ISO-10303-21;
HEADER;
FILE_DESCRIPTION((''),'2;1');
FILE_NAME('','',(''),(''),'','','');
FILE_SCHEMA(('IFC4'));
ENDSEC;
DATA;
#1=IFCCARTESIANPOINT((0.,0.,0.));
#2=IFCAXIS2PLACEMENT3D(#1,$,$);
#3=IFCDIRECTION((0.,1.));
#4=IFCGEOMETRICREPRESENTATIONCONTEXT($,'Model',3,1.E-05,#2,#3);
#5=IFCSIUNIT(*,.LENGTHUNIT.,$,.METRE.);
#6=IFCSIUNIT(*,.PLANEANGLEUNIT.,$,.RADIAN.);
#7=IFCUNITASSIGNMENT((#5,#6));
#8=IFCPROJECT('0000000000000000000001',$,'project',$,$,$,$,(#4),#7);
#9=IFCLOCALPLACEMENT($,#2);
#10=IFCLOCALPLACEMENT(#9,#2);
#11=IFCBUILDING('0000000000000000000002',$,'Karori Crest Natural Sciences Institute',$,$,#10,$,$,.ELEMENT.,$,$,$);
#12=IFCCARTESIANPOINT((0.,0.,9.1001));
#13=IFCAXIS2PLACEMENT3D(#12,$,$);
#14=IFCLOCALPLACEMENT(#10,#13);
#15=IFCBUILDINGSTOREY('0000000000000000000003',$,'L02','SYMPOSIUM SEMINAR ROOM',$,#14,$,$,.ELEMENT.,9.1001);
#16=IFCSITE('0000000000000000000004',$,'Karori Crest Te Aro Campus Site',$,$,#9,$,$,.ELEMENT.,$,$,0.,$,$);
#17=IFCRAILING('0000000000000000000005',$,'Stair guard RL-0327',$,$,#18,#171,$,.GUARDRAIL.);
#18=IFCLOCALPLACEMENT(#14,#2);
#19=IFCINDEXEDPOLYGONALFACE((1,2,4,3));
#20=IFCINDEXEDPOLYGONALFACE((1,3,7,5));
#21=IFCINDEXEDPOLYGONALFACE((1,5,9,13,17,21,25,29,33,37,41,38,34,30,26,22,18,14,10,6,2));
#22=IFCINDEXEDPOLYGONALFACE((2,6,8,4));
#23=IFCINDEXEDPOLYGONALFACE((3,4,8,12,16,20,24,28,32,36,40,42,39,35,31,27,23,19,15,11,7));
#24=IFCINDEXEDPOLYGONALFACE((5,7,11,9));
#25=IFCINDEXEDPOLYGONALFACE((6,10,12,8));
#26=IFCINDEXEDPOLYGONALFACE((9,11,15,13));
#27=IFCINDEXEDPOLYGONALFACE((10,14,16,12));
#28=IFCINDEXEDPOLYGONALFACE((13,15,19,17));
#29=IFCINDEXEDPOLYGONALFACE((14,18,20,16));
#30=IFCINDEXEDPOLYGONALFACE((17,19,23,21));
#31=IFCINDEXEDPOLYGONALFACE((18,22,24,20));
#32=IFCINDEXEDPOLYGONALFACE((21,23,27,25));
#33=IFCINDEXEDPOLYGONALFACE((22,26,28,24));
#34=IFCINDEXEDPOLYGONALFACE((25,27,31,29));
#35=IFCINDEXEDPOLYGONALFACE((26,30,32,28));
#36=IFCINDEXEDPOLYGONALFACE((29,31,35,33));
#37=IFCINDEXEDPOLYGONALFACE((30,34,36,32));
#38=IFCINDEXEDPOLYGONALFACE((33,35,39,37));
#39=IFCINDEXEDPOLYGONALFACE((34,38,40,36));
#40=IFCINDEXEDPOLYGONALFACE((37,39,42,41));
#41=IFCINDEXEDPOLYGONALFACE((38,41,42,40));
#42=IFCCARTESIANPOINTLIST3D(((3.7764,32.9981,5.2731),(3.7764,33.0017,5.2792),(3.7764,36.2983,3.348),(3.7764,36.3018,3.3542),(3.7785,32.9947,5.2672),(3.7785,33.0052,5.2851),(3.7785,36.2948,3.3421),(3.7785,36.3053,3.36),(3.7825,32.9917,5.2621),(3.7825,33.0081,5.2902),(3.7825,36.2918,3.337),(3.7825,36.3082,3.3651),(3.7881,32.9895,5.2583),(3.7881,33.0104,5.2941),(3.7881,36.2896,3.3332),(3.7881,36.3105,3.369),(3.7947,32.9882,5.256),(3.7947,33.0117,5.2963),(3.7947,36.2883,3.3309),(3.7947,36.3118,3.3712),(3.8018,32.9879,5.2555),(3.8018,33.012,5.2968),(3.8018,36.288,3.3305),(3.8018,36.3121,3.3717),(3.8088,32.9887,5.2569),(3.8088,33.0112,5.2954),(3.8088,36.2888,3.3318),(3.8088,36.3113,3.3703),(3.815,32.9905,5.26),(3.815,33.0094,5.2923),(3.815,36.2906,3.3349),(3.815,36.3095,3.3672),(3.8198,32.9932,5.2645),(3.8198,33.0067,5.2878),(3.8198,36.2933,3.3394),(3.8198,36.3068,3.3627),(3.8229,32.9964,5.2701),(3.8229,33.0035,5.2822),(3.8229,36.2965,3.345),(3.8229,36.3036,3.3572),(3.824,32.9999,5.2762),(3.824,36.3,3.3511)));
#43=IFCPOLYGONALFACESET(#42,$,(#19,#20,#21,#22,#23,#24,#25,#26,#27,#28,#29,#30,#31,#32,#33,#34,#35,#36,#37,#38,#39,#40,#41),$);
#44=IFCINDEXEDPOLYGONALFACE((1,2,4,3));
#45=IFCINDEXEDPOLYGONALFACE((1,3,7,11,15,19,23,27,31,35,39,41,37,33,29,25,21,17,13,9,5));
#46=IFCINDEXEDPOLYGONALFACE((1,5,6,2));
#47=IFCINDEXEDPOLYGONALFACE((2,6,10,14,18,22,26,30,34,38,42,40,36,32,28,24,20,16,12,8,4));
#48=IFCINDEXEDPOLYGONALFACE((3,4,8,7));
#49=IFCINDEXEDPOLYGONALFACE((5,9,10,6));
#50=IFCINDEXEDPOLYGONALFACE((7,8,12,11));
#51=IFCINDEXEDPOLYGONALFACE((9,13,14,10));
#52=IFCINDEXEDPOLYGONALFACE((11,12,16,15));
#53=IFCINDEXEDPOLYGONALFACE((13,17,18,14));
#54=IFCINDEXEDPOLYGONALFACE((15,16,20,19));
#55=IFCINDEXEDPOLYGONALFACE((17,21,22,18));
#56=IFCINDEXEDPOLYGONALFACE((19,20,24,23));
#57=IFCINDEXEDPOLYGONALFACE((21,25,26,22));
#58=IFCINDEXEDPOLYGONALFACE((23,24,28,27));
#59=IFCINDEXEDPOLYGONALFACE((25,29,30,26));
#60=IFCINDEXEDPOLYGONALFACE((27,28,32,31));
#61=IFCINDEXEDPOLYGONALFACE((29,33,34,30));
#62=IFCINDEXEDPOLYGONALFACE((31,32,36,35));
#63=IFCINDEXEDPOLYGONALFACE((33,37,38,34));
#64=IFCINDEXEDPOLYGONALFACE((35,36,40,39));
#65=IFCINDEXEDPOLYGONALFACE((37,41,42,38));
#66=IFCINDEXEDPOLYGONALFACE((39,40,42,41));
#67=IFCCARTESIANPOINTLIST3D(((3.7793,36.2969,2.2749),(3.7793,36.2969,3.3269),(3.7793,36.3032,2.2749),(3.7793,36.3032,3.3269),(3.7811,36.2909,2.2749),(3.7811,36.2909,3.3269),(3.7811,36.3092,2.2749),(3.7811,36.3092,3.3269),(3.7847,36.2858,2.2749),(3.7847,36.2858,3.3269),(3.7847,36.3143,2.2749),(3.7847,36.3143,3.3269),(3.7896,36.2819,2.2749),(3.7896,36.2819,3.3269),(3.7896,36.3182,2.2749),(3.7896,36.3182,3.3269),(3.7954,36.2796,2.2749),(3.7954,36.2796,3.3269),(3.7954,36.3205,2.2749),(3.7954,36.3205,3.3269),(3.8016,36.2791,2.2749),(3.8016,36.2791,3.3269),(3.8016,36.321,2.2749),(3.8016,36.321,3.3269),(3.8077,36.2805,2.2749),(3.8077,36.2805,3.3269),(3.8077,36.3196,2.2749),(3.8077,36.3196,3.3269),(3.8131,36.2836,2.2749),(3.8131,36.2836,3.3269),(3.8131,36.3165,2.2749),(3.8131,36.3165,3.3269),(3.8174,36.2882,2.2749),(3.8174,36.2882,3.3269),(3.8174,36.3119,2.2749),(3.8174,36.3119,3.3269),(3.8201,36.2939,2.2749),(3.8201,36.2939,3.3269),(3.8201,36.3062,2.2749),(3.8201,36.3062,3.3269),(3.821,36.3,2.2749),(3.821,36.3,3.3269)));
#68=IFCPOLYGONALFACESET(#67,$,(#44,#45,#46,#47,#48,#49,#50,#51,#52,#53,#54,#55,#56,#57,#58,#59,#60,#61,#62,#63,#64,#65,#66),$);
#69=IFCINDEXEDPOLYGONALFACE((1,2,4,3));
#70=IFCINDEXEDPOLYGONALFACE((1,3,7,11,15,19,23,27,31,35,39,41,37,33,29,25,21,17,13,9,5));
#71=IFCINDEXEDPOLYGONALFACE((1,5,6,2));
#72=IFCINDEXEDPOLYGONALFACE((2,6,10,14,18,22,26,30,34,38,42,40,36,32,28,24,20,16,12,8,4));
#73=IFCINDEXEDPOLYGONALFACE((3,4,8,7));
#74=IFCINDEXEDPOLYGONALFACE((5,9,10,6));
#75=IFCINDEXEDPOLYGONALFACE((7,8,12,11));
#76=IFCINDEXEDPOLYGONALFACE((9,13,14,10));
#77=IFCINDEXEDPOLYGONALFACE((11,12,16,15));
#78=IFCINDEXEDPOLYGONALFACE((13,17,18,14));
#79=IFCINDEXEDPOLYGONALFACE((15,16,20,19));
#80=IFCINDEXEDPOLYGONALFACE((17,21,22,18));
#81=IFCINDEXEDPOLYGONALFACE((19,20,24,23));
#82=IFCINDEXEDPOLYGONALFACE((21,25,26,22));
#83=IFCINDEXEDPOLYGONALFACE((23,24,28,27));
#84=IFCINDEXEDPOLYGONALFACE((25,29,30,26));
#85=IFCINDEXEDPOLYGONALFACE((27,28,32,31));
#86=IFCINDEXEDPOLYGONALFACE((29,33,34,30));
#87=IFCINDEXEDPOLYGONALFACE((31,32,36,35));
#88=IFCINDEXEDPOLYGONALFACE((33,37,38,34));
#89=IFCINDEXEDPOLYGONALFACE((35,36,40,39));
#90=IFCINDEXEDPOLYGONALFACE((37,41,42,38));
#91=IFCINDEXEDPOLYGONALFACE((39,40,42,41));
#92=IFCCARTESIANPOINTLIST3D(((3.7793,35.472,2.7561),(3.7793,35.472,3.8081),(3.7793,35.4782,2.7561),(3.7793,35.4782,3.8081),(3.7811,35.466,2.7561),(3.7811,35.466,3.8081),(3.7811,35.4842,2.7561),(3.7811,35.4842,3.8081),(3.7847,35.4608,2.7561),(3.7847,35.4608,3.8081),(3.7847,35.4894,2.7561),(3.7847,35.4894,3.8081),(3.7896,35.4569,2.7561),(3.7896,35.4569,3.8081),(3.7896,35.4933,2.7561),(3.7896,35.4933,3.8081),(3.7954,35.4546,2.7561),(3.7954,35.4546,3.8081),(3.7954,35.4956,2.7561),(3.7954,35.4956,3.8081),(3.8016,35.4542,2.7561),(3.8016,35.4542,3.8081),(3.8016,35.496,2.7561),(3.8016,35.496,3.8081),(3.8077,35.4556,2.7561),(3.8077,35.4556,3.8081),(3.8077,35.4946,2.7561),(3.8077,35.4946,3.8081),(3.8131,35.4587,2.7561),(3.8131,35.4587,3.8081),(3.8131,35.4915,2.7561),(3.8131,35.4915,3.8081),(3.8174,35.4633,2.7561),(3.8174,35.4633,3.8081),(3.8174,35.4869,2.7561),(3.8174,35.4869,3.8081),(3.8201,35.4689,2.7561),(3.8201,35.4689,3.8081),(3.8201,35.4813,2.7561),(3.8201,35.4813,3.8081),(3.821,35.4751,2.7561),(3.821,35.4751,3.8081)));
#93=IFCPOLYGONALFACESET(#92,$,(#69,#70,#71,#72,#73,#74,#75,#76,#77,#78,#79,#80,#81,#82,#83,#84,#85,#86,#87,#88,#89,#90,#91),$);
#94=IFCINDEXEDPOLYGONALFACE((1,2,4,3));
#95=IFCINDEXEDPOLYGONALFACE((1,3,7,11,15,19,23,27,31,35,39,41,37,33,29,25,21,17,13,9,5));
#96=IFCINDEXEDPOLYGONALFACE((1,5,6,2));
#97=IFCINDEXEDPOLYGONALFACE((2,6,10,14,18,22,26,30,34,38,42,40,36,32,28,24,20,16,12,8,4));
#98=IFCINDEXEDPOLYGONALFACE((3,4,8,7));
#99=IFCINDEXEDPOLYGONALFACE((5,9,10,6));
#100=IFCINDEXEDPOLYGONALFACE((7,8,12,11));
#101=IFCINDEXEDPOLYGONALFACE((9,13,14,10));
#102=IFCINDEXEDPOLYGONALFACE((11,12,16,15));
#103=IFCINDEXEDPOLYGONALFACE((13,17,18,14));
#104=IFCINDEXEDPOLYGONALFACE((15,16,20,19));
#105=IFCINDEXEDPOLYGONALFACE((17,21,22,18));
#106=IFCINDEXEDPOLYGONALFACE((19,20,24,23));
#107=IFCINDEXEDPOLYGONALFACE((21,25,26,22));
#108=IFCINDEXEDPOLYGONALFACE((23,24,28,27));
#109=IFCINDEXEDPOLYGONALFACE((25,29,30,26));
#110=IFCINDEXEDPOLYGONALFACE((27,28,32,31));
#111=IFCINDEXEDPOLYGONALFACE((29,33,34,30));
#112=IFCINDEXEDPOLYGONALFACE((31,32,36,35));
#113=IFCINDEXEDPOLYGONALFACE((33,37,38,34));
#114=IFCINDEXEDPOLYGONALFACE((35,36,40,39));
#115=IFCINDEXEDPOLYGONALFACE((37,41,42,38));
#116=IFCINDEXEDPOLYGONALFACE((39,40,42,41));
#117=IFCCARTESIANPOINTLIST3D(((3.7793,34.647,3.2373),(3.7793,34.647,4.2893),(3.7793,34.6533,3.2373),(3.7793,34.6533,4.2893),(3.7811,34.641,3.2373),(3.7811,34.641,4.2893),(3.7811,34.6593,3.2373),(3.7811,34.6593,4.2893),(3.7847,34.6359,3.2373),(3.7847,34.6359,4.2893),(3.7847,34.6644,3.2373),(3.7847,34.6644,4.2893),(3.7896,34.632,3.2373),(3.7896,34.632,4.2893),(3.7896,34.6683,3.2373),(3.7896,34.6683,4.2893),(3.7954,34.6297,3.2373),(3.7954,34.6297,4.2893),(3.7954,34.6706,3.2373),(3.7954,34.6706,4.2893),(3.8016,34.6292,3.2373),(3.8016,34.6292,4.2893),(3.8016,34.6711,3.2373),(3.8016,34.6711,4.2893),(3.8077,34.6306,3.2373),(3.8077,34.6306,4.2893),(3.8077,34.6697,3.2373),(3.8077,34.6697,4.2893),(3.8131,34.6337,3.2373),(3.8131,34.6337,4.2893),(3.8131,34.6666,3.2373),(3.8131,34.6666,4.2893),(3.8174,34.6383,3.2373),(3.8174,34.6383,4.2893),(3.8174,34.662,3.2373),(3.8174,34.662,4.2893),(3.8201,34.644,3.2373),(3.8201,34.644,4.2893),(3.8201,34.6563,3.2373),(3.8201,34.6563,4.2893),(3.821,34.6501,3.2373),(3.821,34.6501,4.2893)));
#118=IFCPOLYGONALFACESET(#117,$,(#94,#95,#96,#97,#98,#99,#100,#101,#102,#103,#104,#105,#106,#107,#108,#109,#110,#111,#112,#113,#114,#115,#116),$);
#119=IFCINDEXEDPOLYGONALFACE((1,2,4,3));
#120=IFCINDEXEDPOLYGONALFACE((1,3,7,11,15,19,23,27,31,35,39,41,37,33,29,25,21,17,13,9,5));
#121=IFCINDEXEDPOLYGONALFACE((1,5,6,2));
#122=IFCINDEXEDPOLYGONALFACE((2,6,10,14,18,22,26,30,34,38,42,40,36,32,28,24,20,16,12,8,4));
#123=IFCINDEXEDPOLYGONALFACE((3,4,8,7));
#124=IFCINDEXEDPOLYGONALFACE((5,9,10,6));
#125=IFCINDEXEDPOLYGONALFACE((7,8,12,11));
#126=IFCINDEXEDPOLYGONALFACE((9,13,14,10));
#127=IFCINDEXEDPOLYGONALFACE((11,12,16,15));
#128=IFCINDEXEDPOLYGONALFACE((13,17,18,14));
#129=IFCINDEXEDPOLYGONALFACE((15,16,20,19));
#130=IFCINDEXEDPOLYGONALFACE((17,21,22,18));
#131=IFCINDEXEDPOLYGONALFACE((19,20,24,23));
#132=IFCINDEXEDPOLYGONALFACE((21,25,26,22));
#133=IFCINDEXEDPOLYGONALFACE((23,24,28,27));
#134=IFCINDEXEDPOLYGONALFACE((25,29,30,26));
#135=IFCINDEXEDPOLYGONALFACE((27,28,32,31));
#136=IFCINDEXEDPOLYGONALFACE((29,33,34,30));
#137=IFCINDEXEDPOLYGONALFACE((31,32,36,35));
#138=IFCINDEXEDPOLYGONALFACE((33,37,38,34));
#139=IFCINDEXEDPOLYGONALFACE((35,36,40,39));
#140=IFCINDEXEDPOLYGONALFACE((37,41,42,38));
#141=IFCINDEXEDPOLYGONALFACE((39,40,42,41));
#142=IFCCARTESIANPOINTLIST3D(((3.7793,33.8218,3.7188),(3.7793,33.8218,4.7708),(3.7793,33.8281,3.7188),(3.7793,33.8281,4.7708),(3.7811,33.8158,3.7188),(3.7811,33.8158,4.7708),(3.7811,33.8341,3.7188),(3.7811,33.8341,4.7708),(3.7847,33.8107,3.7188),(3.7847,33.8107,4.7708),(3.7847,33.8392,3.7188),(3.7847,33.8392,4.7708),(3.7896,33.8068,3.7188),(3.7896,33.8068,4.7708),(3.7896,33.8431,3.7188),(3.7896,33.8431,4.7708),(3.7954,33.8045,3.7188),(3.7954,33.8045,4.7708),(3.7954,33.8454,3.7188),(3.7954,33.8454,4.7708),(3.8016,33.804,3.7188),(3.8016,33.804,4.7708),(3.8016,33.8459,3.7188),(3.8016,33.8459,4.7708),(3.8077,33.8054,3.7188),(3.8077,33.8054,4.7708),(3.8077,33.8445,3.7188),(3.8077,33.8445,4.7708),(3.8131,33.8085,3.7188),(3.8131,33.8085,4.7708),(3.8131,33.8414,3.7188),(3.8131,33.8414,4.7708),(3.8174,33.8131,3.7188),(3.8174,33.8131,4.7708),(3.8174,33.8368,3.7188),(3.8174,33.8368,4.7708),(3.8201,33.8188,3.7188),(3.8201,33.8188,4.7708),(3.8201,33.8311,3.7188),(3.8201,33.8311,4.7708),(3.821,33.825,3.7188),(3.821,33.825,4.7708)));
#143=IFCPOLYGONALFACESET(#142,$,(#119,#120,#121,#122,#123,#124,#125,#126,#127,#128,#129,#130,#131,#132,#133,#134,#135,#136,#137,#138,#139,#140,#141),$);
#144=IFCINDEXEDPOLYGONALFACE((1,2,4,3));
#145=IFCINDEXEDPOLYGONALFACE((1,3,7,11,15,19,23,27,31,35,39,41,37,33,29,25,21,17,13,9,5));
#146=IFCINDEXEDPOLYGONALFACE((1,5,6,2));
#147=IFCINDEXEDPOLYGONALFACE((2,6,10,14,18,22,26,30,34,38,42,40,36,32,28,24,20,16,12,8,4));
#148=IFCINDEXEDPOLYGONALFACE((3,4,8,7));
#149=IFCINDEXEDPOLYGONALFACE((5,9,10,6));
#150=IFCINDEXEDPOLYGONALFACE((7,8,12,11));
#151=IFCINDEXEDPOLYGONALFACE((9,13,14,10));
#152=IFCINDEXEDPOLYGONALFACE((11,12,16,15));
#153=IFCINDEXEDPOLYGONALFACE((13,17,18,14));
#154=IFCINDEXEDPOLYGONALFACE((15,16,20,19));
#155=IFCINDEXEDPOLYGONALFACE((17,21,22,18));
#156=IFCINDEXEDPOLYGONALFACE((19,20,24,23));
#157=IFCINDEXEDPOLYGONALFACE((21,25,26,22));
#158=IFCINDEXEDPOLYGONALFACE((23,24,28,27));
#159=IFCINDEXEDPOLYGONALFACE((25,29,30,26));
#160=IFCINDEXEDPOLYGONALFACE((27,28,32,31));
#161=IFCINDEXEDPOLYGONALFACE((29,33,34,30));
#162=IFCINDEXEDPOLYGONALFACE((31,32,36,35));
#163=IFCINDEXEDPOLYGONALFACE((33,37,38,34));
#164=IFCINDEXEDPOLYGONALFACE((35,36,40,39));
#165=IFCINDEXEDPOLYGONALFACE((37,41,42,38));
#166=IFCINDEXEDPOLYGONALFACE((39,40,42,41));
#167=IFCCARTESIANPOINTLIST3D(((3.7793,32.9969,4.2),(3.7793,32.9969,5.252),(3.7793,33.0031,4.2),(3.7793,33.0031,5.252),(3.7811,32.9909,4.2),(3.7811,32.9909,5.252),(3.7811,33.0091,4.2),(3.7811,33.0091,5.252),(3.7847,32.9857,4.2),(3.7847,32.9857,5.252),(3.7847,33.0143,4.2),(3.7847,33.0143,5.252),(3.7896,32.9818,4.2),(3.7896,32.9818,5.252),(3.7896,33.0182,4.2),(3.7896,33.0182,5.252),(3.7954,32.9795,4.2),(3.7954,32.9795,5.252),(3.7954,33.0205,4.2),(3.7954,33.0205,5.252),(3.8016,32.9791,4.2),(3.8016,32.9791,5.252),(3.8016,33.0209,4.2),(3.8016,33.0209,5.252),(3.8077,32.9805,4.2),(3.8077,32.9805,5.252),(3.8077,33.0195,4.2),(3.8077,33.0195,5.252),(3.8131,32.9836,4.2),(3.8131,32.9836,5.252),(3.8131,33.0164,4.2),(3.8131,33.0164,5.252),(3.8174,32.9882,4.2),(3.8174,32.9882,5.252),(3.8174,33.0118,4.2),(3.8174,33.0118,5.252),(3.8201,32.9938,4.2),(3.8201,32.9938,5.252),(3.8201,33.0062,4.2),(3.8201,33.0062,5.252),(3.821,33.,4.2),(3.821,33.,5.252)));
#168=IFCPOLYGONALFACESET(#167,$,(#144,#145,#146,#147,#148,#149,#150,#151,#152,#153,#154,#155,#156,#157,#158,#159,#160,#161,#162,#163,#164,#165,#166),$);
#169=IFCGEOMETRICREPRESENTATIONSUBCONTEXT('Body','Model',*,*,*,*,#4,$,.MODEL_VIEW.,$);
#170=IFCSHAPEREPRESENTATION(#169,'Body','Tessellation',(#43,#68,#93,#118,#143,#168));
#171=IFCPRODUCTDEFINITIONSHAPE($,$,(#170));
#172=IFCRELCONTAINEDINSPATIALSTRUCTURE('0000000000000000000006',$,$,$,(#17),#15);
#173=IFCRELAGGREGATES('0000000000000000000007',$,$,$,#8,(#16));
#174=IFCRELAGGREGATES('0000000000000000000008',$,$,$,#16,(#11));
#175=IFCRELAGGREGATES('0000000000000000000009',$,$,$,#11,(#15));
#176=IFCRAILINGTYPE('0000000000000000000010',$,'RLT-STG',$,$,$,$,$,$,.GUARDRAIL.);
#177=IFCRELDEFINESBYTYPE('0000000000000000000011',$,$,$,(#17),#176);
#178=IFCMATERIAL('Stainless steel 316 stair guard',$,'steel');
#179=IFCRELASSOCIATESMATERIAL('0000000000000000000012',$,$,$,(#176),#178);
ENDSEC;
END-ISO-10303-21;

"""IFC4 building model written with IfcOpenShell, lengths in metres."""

from ifc_helpers import new_model, si_unit, direction, frame, origin, origin_2d, place, context, subcontext, project, spatial, circle, extrude, material, type_object, element, save


model = new_model("IFC4")

# Units and contexts
model_context = context("Model", 3, precision=1e-05, world=origin(), true_north=direction((0.0, 1.0)))
body_context = subcontext(model_context, "Body", "Model", "MODEL_VIEW")
ifc_project = project(units=[si_unit("LENGTHUNIT", "METRE"), si_unit("PLANEANGLEUNIT", "RADIAN")], contexts=[model_context])

# Site, building, storey
site_placement = place(None, origin())
site = spatial("IfcSite", under=ifc_project, at=site_placement, Name="Karori Crest Te Aro Campus Site", CompositionType="ELEMENT", RefElevation=0.0)
building_placement = place(site_placement, origin())
building = spatial("IfcBuilding", under=site, at=building_placement, Name="Karori Crest Natural Sciences Institute", CompositionType="ELEMENT")
storey_placement = place(building_placement, frame((0.0, 0.0, 9.1001)))
storey = spatial("IfcBuildingStorey", under=building, at=storey_placement, Name="L02", Description="SYMPOSIUM SEMINAR ROOM", CompositionType="ELEMENT", Elevation=9.1001)

# Railing
ifc_material_1 = material(Name="Stainless steel 316 stair guard", Category="steel")
railing_type_1 = type_object("IfcRailingType", Name="RLT-STG", PredefinedType="GUARDRAIL", material=ifc_material_1)
railing_1_placement = place(storey_placement, frame((3.8, 36.3, 2.2749)))
element("IfcRailing", 1, at=railing_1_placement, inside=storey, type_object=railing_type_1, Name="Stair guard RL-0327", PredefinedType="GUARDRAIL", context=body_context, shape_type="SweptSolid", body=[
    extrude(circle(Radius=0.0239, at=origin_2d()), frame((0.0, 0.0, 1.0762), z_axis=(0.0, -0.863777, 0.503875), x_axis=(1.0, 0.0, 0.0)), (0.0, 0.0, 1.0), 3.8206),
    extrude(circle(Radius=0.021, at=origin_2d()), origin(), (0.0, 0.0, 1.0), 1.052),
    extrude(circle(Radius=0.021, at=origin_2d()), frame((0.0, -0.825, 0.4812)), (0.0, 0.0, 1.0), 1.052),
    extrude(circle(Radius=0.021, at=origin_2d()), frame((0.0, -1.6499, 0.9624)), (0.0, 0.0, 1.0), 1.052),
    extrude(circle(Radius=0.021, at=origin_2d()), frame((0.0, -2.4751, 1.4438)), (0.0, 0.0, 1.0), 1.052),
    extrude(circle(Radius=0.021, at=origin_2d()), frame((0.0, -3.3, 1.925)), (0.0, 0.0, 1.0), 1.052),
])

save(model, "model.ifc")
